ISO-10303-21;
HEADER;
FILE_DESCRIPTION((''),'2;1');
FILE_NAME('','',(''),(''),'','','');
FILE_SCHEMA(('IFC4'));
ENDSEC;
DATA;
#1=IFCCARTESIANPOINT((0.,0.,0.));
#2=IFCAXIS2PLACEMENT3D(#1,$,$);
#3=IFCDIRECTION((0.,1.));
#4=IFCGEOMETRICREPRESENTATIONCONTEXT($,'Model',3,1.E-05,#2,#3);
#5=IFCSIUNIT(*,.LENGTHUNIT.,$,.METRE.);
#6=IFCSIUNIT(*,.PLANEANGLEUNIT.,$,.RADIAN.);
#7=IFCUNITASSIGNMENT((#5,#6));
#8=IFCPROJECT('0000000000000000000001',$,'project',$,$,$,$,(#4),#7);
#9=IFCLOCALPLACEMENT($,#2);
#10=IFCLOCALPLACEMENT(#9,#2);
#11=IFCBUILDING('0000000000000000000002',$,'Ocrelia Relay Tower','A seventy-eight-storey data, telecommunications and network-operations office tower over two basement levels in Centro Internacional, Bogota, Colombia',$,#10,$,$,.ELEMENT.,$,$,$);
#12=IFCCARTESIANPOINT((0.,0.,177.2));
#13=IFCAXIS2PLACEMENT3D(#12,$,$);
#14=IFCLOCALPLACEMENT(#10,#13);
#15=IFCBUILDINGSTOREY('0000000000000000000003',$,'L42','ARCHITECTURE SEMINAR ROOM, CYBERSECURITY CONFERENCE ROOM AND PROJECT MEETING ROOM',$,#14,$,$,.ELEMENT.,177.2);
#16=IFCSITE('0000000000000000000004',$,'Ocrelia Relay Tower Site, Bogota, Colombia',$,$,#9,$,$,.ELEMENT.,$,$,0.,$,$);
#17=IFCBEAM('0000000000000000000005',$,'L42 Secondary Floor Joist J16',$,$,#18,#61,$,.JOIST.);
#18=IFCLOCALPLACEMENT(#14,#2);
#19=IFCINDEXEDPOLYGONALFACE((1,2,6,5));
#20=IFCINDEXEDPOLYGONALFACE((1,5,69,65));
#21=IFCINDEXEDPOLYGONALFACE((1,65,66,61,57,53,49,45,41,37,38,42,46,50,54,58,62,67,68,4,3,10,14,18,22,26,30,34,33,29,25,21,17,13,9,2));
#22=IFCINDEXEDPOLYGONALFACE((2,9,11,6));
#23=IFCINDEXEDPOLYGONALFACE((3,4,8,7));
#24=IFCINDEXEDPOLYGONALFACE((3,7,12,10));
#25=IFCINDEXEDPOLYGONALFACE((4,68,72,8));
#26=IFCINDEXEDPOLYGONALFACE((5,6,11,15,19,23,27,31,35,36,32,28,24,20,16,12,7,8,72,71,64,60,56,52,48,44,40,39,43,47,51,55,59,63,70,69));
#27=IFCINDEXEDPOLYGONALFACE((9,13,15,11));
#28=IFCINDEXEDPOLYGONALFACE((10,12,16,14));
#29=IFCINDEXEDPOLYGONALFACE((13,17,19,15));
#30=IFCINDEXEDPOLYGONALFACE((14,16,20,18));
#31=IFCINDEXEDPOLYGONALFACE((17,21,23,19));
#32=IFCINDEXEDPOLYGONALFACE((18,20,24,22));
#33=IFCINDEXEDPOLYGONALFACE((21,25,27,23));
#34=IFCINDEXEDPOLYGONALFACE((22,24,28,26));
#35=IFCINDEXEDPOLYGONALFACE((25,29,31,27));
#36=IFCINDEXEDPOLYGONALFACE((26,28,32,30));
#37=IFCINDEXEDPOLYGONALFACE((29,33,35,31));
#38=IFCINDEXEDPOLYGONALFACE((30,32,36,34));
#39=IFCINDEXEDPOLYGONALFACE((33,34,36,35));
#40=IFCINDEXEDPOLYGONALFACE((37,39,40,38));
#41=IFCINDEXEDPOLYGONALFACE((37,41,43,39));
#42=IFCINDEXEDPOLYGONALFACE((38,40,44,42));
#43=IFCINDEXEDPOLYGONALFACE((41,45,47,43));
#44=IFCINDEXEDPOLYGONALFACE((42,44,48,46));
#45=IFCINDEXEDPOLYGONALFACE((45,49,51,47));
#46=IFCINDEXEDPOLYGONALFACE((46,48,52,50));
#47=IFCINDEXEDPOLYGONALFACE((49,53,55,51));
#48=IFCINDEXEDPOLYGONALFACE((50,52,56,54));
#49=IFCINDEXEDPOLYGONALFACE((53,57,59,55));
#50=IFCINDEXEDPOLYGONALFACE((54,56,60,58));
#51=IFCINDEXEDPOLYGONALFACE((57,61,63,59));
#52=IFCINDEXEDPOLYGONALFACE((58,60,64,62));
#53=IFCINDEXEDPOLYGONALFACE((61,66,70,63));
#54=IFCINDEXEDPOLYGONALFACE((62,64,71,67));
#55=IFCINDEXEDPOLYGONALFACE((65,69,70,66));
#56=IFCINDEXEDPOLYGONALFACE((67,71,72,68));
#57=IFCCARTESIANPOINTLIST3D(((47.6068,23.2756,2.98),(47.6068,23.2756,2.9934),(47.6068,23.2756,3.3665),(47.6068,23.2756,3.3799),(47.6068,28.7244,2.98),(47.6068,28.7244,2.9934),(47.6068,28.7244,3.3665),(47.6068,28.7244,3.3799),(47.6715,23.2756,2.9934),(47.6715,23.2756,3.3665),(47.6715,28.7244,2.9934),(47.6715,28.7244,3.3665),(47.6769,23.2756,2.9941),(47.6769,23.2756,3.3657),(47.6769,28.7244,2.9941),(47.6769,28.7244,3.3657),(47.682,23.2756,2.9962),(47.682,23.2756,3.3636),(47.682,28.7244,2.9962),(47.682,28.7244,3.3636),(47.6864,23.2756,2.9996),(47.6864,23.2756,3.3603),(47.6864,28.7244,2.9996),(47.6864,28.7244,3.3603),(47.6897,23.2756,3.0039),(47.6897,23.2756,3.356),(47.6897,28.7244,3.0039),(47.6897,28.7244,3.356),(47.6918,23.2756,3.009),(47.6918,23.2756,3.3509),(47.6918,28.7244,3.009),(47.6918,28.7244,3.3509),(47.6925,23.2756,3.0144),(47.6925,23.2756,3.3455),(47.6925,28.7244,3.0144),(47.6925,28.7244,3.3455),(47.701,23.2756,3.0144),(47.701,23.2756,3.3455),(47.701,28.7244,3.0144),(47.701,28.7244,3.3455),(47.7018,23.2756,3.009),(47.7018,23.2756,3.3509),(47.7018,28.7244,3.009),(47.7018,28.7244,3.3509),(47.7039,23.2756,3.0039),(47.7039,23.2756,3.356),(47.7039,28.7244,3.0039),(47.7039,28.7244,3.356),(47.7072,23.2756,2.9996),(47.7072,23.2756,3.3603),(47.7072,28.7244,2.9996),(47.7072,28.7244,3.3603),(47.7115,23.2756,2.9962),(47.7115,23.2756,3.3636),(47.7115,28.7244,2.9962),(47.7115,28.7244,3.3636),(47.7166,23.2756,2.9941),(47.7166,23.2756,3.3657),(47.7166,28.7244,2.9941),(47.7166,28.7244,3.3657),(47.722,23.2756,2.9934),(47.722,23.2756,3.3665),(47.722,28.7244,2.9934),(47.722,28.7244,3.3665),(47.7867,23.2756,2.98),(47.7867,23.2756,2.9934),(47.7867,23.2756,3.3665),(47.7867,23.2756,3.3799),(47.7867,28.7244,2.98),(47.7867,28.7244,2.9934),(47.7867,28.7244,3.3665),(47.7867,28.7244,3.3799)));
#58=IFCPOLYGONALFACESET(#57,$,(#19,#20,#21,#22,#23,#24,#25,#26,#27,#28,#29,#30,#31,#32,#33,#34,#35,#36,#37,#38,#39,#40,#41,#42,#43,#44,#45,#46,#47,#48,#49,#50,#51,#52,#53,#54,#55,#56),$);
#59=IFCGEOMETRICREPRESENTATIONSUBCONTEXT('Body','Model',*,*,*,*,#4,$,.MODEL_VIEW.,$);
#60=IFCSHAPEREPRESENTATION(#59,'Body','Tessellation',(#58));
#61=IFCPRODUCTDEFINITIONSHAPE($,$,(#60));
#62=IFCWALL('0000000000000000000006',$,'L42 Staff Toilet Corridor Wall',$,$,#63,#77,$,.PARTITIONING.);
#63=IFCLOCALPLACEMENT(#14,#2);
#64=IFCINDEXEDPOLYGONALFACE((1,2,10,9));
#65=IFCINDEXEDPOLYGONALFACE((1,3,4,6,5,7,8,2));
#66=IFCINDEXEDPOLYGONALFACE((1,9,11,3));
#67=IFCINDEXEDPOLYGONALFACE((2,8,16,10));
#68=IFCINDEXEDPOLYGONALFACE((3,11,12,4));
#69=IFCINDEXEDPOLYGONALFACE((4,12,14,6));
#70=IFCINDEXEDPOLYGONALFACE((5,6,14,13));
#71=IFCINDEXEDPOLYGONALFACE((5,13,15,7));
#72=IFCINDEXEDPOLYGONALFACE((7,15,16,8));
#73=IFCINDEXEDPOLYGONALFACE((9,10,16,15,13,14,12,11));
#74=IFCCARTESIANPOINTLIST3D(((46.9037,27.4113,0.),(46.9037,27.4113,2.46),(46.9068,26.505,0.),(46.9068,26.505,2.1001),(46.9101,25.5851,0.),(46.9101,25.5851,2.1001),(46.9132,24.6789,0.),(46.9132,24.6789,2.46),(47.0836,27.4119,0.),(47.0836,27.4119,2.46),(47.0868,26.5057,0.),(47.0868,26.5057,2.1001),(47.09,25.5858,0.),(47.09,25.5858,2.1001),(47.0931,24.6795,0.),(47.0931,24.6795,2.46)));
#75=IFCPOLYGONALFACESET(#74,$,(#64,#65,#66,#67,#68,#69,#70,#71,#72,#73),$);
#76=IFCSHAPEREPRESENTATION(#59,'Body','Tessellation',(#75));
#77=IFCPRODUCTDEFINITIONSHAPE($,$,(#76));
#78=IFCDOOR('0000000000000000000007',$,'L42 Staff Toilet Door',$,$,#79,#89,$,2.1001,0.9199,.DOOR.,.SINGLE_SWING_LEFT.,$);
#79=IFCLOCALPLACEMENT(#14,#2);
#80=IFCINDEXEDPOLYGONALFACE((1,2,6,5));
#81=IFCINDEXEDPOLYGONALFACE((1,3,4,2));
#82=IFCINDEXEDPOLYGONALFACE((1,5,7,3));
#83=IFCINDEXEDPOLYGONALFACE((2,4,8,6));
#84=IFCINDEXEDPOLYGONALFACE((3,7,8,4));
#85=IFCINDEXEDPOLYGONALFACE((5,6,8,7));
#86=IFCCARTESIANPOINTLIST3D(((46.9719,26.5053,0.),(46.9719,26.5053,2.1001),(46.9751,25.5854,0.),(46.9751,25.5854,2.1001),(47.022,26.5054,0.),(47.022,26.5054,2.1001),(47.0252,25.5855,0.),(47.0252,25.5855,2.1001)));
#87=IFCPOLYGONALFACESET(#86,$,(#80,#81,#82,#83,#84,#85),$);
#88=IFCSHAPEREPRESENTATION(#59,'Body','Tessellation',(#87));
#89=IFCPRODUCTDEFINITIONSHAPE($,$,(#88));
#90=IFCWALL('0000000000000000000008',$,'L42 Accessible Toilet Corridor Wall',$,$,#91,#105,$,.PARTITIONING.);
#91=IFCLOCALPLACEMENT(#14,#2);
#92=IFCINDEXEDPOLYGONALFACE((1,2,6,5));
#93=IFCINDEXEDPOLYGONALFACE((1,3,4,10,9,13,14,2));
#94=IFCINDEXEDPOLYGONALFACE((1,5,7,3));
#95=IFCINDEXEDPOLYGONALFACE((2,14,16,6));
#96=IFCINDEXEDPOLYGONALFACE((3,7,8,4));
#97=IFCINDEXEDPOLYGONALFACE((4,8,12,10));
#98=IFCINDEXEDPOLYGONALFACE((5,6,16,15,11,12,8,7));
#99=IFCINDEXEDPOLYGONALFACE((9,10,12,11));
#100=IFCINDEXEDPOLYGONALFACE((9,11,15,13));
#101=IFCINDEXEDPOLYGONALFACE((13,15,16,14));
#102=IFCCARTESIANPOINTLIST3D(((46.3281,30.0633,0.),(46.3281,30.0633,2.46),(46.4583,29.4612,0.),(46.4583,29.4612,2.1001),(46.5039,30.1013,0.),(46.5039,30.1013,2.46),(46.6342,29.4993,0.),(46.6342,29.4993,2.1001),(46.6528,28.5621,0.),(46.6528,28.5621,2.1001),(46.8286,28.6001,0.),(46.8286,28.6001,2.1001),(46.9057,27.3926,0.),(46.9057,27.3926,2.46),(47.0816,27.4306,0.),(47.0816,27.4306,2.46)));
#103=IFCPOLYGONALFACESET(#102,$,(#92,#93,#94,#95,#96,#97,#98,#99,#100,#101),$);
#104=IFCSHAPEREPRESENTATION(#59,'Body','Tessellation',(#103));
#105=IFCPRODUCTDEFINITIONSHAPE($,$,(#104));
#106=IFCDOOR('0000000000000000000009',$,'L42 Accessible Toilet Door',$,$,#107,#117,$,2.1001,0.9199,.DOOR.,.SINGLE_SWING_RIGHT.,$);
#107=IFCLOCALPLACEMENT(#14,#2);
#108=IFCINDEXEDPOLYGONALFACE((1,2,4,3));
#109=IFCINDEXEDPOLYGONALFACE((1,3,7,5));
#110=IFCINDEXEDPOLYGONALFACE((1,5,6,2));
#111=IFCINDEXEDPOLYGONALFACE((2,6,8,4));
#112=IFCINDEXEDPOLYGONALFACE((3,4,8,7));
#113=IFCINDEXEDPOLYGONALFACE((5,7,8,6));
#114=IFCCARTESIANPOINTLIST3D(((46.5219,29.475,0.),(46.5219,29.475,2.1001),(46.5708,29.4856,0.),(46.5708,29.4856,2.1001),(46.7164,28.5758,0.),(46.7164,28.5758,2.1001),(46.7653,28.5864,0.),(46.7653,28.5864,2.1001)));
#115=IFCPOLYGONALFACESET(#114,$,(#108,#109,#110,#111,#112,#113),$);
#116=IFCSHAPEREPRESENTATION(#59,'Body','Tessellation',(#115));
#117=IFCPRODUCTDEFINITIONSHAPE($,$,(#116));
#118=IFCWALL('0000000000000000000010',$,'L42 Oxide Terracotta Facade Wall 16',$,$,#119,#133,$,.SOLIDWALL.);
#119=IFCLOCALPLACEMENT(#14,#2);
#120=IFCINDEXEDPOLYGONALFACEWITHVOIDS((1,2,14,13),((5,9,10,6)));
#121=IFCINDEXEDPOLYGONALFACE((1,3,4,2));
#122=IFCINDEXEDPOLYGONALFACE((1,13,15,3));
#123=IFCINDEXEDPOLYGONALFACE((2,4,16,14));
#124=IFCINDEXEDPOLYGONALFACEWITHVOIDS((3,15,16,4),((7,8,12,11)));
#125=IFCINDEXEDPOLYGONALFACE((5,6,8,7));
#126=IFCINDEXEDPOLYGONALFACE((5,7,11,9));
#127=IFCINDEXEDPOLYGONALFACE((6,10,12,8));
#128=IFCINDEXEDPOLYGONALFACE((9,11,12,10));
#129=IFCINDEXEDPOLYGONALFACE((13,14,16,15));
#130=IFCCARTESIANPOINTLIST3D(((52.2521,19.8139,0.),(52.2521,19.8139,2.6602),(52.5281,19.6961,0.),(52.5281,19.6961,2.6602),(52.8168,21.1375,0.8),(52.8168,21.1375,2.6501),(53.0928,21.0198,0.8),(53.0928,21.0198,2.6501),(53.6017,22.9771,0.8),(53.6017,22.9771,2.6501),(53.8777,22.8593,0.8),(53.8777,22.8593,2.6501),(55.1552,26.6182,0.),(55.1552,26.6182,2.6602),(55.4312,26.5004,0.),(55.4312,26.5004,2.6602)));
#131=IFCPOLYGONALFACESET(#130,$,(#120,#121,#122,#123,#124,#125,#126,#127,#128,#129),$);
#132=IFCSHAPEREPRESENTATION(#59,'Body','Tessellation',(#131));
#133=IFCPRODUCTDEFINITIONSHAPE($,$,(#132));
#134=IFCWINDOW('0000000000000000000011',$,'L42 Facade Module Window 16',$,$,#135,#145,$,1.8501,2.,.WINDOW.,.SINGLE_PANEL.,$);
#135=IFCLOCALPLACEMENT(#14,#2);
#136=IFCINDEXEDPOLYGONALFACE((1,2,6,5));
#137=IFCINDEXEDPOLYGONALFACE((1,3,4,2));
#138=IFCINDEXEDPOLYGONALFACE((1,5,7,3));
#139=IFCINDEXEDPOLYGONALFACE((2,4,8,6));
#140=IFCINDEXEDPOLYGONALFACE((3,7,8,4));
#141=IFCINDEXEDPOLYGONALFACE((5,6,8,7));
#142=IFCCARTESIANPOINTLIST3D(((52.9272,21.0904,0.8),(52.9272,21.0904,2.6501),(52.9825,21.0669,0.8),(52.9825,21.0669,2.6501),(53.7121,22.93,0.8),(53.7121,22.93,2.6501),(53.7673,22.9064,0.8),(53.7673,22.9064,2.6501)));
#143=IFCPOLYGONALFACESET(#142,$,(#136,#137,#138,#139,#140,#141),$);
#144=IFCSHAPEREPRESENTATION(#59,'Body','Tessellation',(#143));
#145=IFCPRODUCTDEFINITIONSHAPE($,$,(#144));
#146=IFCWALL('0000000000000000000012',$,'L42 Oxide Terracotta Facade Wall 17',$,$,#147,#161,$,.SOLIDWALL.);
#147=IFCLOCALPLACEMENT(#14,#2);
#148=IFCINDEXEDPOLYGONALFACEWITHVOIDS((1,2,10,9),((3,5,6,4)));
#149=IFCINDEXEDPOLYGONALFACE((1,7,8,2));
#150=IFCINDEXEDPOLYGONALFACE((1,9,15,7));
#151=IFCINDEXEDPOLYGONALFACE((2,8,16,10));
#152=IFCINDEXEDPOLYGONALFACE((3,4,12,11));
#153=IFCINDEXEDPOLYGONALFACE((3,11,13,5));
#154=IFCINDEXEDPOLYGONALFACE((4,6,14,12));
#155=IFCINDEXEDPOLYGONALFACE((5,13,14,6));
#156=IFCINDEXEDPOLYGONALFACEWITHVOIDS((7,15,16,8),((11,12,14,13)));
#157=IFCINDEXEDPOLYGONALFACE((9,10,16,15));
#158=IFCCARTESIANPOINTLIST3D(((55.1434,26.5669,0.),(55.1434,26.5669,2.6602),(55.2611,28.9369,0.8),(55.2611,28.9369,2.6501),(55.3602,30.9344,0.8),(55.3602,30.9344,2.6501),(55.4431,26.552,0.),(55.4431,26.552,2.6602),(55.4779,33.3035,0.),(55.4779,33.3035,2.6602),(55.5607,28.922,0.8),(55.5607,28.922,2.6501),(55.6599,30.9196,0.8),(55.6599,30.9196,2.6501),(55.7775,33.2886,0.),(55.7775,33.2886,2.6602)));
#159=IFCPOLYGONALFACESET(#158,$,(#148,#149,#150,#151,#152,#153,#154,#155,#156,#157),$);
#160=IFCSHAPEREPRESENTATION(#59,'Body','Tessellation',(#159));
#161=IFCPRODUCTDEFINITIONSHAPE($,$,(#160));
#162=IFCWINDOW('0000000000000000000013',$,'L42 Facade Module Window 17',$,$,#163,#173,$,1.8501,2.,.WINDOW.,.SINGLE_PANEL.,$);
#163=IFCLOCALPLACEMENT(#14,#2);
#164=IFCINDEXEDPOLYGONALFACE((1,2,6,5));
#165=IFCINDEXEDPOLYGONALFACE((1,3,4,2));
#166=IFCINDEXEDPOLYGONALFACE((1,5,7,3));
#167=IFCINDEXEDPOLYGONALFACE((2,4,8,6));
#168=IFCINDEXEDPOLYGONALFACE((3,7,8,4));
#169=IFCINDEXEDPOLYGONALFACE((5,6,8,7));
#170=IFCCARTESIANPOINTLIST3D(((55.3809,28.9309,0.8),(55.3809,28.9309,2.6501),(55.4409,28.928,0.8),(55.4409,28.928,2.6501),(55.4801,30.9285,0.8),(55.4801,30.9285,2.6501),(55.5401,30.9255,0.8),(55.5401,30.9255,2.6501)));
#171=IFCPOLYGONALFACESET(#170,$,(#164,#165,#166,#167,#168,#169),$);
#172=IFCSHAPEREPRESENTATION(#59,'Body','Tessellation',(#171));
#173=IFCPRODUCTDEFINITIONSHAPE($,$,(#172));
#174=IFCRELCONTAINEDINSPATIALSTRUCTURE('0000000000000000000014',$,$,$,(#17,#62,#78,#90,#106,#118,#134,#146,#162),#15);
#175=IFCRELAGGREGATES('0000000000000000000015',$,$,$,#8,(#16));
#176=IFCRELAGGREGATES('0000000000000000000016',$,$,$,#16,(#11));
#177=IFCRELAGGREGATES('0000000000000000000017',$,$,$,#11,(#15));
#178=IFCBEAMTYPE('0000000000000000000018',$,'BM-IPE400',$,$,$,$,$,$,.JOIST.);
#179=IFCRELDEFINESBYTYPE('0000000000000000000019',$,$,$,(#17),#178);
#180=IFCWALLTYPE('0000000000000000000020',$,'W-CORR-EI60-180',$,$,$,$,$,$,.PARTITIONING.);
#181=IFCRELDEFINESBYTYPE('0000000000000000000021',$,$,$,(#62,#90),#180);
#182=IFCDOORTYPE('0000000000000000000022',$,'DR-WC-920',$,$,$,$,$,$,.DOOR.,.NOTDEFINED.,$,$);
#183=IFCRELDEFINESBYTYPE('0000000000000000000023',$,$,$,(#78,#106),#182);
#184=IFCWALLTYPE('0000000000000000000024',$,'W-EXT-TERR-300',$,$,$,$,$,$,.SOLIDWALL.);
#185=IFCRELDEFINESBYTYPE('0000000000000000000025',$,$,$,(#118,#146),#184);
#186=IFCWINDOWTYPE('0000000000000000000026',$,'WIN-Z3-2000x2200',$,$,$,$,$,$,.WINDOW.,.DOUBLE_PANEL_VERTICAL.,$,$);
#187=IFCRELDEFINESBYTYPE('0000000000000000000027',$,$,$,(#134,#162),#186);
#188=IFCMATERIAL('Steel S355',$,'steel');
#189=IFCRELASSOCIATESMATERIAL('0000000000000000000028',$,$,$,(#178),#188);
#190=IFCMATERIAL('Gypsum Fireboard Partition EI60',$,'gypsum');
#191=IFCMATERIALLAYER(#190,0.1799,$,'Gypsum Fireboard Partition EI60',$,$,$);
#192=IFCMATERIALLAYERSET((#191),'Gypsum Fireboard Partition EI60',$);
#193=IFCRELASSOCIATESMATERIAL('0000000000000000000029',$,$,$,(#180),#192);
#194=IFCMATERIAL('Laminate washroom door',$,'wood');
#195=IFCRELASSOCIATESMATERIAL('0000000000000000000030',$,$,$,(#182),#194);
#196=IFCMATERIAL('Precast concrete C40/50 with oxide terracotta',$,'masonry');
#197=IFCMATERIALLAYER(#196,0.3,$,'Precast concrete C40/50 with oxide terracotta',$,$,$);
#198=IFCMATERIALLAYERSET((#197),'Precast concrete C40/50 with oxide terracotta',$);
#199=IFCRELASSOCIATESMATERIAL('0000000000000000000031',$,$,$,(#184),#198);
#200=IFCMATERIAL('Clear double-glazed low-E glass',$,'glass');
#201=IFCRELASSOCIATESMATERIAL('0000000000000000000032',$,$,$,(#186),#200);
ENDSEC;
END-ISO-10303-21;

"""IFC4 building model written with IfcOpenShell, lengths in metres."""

from ifc_helpers import new_model, si_unit, direction, frame, frame_2d, origin, origin_2d, place, context, subcontext, project, spatial, rectangle, i_section, extrude, material, layer, layer_set, material_profile, profile_set, type_object, element, fill, save


model = new_model("IFC4")

# Units and contexts
model_context = context("Model", 3, precision=1e-05, world=origin(), true_north=direction((0.0, 1.0)))
body_context = subcontext(model_context, "Body", "Model", "MODEL_VIEW")
ifc_project = project(units=[si_unit("LENGTHUNIT", "METRE"), si_unit("PLANEANGLEUNIT", "RADIAN")], contexts=[model_context])

# Site, building, storey
site_placement = place(None, origin())
site = spatial("IfcSite", under=ifc_project, at=site_placement, Name="Ocrelia Relay Tower Site, Bogota, Colombia", CompositionType="ELEMENT", RefElevation=0.0)
building_placement = place(site_placement, origin())
building = spatial("IfcBuilding", under=site, at=building_placement, Name="Ocrelia Relay Tower", Description="A seventy-eight-storey data, telecommunications and network-operations office tower over two basement levels in Centro Internacional, Bogota, Colombia", CompositionType="ELEMENT")
storey_placement = place(building_placement, frame((0.0, 0.0, 177.2)))
storey = spatial("IfcBuildingStorey", under=building, at=storey_placement, Name="L42", Description="ARCHITECTURE SEMINAR ROOM, CYBERSECURITY CONFERENCE ROOM AND PROJECT MEETING ROOM", CompositionType="ELEMENT", Elevation=177.2)

# Beam
ifc_material_1 = material(Name="Steel S355", Category="steel")
ifc_material_profile_1 = material_profile(ifc_material_1, i_section(OverallWidth=0.1799, OverallDepth=0.3999, WebThickness=0.0085, FlangeThickness=0.0134, FilletRadius=0.021, at=origin_2d()), Name="IPE 400")
ifc_profile_set_1 = profile_set([ifc_material_profile_1], Name="Steel S355")
beam_type_1 = type_object("IfcBeamType", Name="BM-IPE400", PredefinedType="JOIST", material=ifc_profile_set_1)
beam_1_placement = place(storey_placement, frame((47.6968, 23.2756, 3.1799), z_axis=(0.0, 1.0, 0.0), x_axis=(-1.0, 0.0, 0.0)))
element("IfcBeam", 1, at=beam_1_placement, inside=storey, type_object=beam_type_1, Name="L42 Secondary Floor Joist J16", PredefinedType="JOIST", context=body_context, shape_type="SweptSolid", body=[
    extrude(i_section(OverallWidth=0.1799, OverallDepth=0.3999, WebThickness=0.0085, FlangeThickness=0.0134, FilletRadius=0.021, at=origin_2d()), origin(), (0.0, 0.0, 1.0), 5.4487),
])

# Walls, openings, doors
ifc_material_2 = material(Name="Gypsum Fireboard Partition EI60", Category="gypsum")
ifc_layer_1 = layer(ifc_material_2, 0.1799, Name="Gypsum Fireboard Partition EI60")
ifc_layer_set_1 = layer_set([ifc_layer_1], Name="Gypsum Fireboard Partition EI60")
wall_type_1 = type_object("IfcWallType", Name="W-CORR-EI60-180", PredefinedType="PARTITIONING", material=ifc_layer_set_1)
wall_1_placement = place(storey_placement, frame((47.0032, 24.6792, 0.0), z_axis=(0.0, 0.0, 1.0), x_axis=(-0.003485, 0.999994, 0.0)))
wall_1 = element("IfcWall", 2, at=wall_1_placement, inside=storey, type_object=wall_type_1, Name="L42 Staff Toilet Corridor Wall", PredefinedType="PARTITIONING", context=body_context, shape_type="SweptSolid", body=[
    extrude(rectangle(XDim=2.7324, YDim=0.1799, at=frame_2d((1.3662, 0.0))), origin(), (0.0, 0.0, 1.0), 2.46),
])
opening_1_placement = place(wall_1_placement, frame((0.9062, 0.0, 0.0)))
opening_1 = element("IfcOpeningElement", 3, at=opening_1_placement, cuts=wall_1, PredefinedType="OPENING", context=body_context, shape_type="SweptSolid", body=[
    extrude(rectangle(XDim=0.9199, YDim=2.1001, at=frame_2d((0.46, 1.05))), frame((0.0, 0.1001, 0.0), z_axis=(0.0, -1.0, 0.0), x_axis=(1.0, 0.0, 0.0)), (0.0, 0.0, 1.0), 0.2),
])
ifc_material_3 = material(Name="Laminate washroom door", Category="wood")
door_type_1 = type_object("IfcDoorType", Name="DR-WC-920", OperationType="NOTDEFINED", PredefinedType="DOOR", material=ifc_material_3)
door_1_placement = place(opening_1_placement, origin())
door_1 = element("IfcDoor", 4, at=door_1_placement, inside=storey, type_object=door_type_1, Name="L42 Staff Toilet Door", OperationType="SINGLE_SWING_LEFT", OverallHeight=2.1001, OverallWidth=0.9199, PredefinedType="DOOR", context=body_context, shape_type="SweptSolid", body=[
    extrude(rectangle(XDim=0.9199, YDim=2.1001, at=frame_2d((0.46, 1.05))), frame((0.0, 0.0249, 0.0), z_axis=(0.0, -1.0, 0.0), x_axis=(1.0, 0.0, 0.0)), (0.0, 0.0, 1.0), 0.05),
])
fill(opening_1, door_1)
wall_2_placement = place(storey_placement, frame((46.9937, 27.4116, 0.0), z_axis=(0.0, 0.0, 1.0), x_axis=(-0.211402, 0.977399, 0.0)))
wall_2 = element("IfcWall", 5, at=wall_2_placement, inside=storey, type_object=wall_type_1, Name="L42 Accessible Toilet Corridor Wall", PredefinedType="PARTITIONING", context=body_context, shape_type="SweptSolid", body=[
    extrude(rectangle(XDim=2.7324, YDim=0.1799, at=frame_2d((1.3662, 0.0))), origin(), (0.0, 0.0, 1.0), 2.46),
])
opening_2_placement = place(wall_2_placement, frame((1.1965, 0.0, 0.0)))
opening_2 = element("IfcOpeningElement", 6, at=opening_2_placement, cuts=wall_2, PredefinedType="OPENING", context=body_context, shape_type="SweptSolid", body=[
    extrude(rectangle(XDim=0.9199, YDim=2.1001, at=frame_2d((0.46, 1.05))), frame((0.0, 0.1001, 0.0), z_axis=(0.0, -1.0, 0.0), x_axis=(1.0, 0.0, 0.0)), (0.0, 0.0, 1.0), 0.2),
])
door_2_placement = place(opening_2_placement, origin())
door_2 = element("IfcDoor", 7, at=door_2_placement, inside=storey, type_object=door_type_1, Name="L42 Accessible Toilet Door", OperationType="SINGLE_SWING_RIGHT", OverallHeight=2.1001, OverallWidth=0.9199, PredefinedType="DOOR", context=body_context, shape_type="SweptSolid", body=[
    extrude(rectangle(XDim=0.9199, YDim=2.1001, at=frame_2d((0.46, 1.05))), frame((0.0, 0.0249, 0.0), z_axis=(0.0, -1.0, 0.0), x_axis=(1.0, 0.0, 0.0)), (0.0, 0.0, 1.0), 0.05),
])
fill(opening_2, door_2)

# Walls, openings, windows
ifc_material_4 = material(Name="Precast concrete C40/50 with oxide terracotta", Category="masonry")
ifc_layer_2 = layer(ifc_material_4, 0.3, Name="Precast concrete C40/50 with oxide terracotta")
ifc_layer_set_2 = layer_set([ifc_layer_2], Name="Precast concrete C40/50 with oxide terracotta")
wall_type_2 = type_object("IfcWallType", Name="W-EXT-TERR-300", PredefinedType="SOLIDWALL", material=ifc_layer_set_2)
wall_3_placement = place(storey_placement, frame((52.3901, 19.7551, 0.0), z_axis=(0.0, 0.0, 1.0), x_axis=(0.392433, 0.919781, 0.0)))
wall_3 = element("IfcWall", 8, at=wall_3_placement, inside=storey, type_object=wall_type_2, Name="L42 Oxide Terracotta Facade Wall 16", PredefinedType="SOLIDWALL", context=body_context, shape_type="SweptSolid", body=[
    extrude(rectangle(XDim=7.3977, YDim=0.3, at=frame_2d((3.6987, 0.0))), origin(), (0.0, 0.0, 1.0), 2.6602),
])
opening_3_placement = place(wall_3_placement, frame((1.439, 0.0, 0.8)))
opening_3 = element("IfcOpeningElement", 9, at=opening_3_placement, cuts=wall_3, PredefinedType="OPENING", context=body_context, shape_type="SweptSolid", body=[
    extrude(rectangle(XDim=2.0, YDim=1.8501, at=frame_2d((1.0, 0.925))), frame((0.0, 0.1602, 0.0), z_axis=(0.0, -1.0, 0.0), x_axis=(1.0, 0.0, 0.0)), (0.0, 0.0, 1.0), 0.3201),
])
ifc_material_5 = material(Name="Clear double-glazed low-E glass", Category="glass")
window_type = type_object("IfcWindowType", Name="WIN-Z3-2000x2200", PartitioningType="DOUBLE_PANEL_VERTICAL", PredefinedType="WINDOW", material=ifc_material_5)
window_1_placement = place(opening_3_placement, origin())
window_1 = element("IfcWindow", 10, at=window_1_placement, inside=storey, type_object=window_type, Name="L42 Facade Module Window 16", OverallHeight=1.8501, OverallWidth=2.0, PartitioningType="SINGLE_PANEL", PredefinedType="WINDOW", context=body_context, shape_type="SweptSolid", body=[
    extrude(rectangle(XDim=2.0, YDim=1.8501, at=frame_2d((1.0, 0.925))), frame((0.0, 0.03, 0.0), z_axis=(0.0, -1.0, 0.0), x_axis=(1.0, 0.0, 0.0)), (0.0, 0.0, 1.0), 0.0601),
])
fill(opening_3, window_1)
wall_4_placement = place(storey_placement, frame((55.2932, 26.5593, 0.0), z_axis=(0.0, 0.0, 1.0), x_axis=(0.049589, 0.99877, 0.0)))
wall_4 = element("IfcWall", 11, at=wall_4_placement, inside=storey, type_object=wall_type_2, Name="L42 Oxide Terracotta Facade Wall 17", PredefinedType="SOLIDWALL", context=body_context, shape_type="SweptSolid", body=[
    extrude(rectangle(XDim=6.7449, YDim=0.3, at=frame_2d((3.3726, 0.0))), origin(), (0.0, 0.0, 1.0), 2.6602),
])
opening_4_placement = place(wall_4_placement, frame((2.373, 0.0, 0.8)))
opening_4 = element("IfcOpeningElement", 12, at=opening_4_placement, cuts=wall_4, PredefinedType="OPENING", context=body_context, shape_type="SweptSolid", body=[
    extrude(rectangle(XDim=2.0, YDim=1.8501, at=frame_2d((1.0, 0.925))), frame((0.0, 0.1602, 0.0), z_axis=(0.0, -1.0, 0.0), x_axis=(1.0, 0.0, 0.0)), (0.0, 0.0, 1.0), 0.3201),
])
window_2_placement = place(opening_4_placement, origin())
window_2 = element("IfcWindow", 13, at=window_2_placement, inside=storey, type_object=window_type, Name="L42 Facade Module Window 17", OverallHeight=1.8501, OverallWidth=2.0, PartitioningType="SINGLE_PANEL", PredefinedType="WINDOW", context=body_context, shape_type="SweptSolid", body=[
    extrude(rectangle(XDim=2.0, YDim=1.8501, at=frame_2d((1.0, 0.925))), frame((0.0, 0.03, 0.0), z_axis=(0.0, -1.0, 0.0), x_axis=(1.0, 0.0, 0.0)), (0.0, 0.0, 1.0), 0.0601),
])
fill(opening_4, window_2)

save(model, "model.ifc")
